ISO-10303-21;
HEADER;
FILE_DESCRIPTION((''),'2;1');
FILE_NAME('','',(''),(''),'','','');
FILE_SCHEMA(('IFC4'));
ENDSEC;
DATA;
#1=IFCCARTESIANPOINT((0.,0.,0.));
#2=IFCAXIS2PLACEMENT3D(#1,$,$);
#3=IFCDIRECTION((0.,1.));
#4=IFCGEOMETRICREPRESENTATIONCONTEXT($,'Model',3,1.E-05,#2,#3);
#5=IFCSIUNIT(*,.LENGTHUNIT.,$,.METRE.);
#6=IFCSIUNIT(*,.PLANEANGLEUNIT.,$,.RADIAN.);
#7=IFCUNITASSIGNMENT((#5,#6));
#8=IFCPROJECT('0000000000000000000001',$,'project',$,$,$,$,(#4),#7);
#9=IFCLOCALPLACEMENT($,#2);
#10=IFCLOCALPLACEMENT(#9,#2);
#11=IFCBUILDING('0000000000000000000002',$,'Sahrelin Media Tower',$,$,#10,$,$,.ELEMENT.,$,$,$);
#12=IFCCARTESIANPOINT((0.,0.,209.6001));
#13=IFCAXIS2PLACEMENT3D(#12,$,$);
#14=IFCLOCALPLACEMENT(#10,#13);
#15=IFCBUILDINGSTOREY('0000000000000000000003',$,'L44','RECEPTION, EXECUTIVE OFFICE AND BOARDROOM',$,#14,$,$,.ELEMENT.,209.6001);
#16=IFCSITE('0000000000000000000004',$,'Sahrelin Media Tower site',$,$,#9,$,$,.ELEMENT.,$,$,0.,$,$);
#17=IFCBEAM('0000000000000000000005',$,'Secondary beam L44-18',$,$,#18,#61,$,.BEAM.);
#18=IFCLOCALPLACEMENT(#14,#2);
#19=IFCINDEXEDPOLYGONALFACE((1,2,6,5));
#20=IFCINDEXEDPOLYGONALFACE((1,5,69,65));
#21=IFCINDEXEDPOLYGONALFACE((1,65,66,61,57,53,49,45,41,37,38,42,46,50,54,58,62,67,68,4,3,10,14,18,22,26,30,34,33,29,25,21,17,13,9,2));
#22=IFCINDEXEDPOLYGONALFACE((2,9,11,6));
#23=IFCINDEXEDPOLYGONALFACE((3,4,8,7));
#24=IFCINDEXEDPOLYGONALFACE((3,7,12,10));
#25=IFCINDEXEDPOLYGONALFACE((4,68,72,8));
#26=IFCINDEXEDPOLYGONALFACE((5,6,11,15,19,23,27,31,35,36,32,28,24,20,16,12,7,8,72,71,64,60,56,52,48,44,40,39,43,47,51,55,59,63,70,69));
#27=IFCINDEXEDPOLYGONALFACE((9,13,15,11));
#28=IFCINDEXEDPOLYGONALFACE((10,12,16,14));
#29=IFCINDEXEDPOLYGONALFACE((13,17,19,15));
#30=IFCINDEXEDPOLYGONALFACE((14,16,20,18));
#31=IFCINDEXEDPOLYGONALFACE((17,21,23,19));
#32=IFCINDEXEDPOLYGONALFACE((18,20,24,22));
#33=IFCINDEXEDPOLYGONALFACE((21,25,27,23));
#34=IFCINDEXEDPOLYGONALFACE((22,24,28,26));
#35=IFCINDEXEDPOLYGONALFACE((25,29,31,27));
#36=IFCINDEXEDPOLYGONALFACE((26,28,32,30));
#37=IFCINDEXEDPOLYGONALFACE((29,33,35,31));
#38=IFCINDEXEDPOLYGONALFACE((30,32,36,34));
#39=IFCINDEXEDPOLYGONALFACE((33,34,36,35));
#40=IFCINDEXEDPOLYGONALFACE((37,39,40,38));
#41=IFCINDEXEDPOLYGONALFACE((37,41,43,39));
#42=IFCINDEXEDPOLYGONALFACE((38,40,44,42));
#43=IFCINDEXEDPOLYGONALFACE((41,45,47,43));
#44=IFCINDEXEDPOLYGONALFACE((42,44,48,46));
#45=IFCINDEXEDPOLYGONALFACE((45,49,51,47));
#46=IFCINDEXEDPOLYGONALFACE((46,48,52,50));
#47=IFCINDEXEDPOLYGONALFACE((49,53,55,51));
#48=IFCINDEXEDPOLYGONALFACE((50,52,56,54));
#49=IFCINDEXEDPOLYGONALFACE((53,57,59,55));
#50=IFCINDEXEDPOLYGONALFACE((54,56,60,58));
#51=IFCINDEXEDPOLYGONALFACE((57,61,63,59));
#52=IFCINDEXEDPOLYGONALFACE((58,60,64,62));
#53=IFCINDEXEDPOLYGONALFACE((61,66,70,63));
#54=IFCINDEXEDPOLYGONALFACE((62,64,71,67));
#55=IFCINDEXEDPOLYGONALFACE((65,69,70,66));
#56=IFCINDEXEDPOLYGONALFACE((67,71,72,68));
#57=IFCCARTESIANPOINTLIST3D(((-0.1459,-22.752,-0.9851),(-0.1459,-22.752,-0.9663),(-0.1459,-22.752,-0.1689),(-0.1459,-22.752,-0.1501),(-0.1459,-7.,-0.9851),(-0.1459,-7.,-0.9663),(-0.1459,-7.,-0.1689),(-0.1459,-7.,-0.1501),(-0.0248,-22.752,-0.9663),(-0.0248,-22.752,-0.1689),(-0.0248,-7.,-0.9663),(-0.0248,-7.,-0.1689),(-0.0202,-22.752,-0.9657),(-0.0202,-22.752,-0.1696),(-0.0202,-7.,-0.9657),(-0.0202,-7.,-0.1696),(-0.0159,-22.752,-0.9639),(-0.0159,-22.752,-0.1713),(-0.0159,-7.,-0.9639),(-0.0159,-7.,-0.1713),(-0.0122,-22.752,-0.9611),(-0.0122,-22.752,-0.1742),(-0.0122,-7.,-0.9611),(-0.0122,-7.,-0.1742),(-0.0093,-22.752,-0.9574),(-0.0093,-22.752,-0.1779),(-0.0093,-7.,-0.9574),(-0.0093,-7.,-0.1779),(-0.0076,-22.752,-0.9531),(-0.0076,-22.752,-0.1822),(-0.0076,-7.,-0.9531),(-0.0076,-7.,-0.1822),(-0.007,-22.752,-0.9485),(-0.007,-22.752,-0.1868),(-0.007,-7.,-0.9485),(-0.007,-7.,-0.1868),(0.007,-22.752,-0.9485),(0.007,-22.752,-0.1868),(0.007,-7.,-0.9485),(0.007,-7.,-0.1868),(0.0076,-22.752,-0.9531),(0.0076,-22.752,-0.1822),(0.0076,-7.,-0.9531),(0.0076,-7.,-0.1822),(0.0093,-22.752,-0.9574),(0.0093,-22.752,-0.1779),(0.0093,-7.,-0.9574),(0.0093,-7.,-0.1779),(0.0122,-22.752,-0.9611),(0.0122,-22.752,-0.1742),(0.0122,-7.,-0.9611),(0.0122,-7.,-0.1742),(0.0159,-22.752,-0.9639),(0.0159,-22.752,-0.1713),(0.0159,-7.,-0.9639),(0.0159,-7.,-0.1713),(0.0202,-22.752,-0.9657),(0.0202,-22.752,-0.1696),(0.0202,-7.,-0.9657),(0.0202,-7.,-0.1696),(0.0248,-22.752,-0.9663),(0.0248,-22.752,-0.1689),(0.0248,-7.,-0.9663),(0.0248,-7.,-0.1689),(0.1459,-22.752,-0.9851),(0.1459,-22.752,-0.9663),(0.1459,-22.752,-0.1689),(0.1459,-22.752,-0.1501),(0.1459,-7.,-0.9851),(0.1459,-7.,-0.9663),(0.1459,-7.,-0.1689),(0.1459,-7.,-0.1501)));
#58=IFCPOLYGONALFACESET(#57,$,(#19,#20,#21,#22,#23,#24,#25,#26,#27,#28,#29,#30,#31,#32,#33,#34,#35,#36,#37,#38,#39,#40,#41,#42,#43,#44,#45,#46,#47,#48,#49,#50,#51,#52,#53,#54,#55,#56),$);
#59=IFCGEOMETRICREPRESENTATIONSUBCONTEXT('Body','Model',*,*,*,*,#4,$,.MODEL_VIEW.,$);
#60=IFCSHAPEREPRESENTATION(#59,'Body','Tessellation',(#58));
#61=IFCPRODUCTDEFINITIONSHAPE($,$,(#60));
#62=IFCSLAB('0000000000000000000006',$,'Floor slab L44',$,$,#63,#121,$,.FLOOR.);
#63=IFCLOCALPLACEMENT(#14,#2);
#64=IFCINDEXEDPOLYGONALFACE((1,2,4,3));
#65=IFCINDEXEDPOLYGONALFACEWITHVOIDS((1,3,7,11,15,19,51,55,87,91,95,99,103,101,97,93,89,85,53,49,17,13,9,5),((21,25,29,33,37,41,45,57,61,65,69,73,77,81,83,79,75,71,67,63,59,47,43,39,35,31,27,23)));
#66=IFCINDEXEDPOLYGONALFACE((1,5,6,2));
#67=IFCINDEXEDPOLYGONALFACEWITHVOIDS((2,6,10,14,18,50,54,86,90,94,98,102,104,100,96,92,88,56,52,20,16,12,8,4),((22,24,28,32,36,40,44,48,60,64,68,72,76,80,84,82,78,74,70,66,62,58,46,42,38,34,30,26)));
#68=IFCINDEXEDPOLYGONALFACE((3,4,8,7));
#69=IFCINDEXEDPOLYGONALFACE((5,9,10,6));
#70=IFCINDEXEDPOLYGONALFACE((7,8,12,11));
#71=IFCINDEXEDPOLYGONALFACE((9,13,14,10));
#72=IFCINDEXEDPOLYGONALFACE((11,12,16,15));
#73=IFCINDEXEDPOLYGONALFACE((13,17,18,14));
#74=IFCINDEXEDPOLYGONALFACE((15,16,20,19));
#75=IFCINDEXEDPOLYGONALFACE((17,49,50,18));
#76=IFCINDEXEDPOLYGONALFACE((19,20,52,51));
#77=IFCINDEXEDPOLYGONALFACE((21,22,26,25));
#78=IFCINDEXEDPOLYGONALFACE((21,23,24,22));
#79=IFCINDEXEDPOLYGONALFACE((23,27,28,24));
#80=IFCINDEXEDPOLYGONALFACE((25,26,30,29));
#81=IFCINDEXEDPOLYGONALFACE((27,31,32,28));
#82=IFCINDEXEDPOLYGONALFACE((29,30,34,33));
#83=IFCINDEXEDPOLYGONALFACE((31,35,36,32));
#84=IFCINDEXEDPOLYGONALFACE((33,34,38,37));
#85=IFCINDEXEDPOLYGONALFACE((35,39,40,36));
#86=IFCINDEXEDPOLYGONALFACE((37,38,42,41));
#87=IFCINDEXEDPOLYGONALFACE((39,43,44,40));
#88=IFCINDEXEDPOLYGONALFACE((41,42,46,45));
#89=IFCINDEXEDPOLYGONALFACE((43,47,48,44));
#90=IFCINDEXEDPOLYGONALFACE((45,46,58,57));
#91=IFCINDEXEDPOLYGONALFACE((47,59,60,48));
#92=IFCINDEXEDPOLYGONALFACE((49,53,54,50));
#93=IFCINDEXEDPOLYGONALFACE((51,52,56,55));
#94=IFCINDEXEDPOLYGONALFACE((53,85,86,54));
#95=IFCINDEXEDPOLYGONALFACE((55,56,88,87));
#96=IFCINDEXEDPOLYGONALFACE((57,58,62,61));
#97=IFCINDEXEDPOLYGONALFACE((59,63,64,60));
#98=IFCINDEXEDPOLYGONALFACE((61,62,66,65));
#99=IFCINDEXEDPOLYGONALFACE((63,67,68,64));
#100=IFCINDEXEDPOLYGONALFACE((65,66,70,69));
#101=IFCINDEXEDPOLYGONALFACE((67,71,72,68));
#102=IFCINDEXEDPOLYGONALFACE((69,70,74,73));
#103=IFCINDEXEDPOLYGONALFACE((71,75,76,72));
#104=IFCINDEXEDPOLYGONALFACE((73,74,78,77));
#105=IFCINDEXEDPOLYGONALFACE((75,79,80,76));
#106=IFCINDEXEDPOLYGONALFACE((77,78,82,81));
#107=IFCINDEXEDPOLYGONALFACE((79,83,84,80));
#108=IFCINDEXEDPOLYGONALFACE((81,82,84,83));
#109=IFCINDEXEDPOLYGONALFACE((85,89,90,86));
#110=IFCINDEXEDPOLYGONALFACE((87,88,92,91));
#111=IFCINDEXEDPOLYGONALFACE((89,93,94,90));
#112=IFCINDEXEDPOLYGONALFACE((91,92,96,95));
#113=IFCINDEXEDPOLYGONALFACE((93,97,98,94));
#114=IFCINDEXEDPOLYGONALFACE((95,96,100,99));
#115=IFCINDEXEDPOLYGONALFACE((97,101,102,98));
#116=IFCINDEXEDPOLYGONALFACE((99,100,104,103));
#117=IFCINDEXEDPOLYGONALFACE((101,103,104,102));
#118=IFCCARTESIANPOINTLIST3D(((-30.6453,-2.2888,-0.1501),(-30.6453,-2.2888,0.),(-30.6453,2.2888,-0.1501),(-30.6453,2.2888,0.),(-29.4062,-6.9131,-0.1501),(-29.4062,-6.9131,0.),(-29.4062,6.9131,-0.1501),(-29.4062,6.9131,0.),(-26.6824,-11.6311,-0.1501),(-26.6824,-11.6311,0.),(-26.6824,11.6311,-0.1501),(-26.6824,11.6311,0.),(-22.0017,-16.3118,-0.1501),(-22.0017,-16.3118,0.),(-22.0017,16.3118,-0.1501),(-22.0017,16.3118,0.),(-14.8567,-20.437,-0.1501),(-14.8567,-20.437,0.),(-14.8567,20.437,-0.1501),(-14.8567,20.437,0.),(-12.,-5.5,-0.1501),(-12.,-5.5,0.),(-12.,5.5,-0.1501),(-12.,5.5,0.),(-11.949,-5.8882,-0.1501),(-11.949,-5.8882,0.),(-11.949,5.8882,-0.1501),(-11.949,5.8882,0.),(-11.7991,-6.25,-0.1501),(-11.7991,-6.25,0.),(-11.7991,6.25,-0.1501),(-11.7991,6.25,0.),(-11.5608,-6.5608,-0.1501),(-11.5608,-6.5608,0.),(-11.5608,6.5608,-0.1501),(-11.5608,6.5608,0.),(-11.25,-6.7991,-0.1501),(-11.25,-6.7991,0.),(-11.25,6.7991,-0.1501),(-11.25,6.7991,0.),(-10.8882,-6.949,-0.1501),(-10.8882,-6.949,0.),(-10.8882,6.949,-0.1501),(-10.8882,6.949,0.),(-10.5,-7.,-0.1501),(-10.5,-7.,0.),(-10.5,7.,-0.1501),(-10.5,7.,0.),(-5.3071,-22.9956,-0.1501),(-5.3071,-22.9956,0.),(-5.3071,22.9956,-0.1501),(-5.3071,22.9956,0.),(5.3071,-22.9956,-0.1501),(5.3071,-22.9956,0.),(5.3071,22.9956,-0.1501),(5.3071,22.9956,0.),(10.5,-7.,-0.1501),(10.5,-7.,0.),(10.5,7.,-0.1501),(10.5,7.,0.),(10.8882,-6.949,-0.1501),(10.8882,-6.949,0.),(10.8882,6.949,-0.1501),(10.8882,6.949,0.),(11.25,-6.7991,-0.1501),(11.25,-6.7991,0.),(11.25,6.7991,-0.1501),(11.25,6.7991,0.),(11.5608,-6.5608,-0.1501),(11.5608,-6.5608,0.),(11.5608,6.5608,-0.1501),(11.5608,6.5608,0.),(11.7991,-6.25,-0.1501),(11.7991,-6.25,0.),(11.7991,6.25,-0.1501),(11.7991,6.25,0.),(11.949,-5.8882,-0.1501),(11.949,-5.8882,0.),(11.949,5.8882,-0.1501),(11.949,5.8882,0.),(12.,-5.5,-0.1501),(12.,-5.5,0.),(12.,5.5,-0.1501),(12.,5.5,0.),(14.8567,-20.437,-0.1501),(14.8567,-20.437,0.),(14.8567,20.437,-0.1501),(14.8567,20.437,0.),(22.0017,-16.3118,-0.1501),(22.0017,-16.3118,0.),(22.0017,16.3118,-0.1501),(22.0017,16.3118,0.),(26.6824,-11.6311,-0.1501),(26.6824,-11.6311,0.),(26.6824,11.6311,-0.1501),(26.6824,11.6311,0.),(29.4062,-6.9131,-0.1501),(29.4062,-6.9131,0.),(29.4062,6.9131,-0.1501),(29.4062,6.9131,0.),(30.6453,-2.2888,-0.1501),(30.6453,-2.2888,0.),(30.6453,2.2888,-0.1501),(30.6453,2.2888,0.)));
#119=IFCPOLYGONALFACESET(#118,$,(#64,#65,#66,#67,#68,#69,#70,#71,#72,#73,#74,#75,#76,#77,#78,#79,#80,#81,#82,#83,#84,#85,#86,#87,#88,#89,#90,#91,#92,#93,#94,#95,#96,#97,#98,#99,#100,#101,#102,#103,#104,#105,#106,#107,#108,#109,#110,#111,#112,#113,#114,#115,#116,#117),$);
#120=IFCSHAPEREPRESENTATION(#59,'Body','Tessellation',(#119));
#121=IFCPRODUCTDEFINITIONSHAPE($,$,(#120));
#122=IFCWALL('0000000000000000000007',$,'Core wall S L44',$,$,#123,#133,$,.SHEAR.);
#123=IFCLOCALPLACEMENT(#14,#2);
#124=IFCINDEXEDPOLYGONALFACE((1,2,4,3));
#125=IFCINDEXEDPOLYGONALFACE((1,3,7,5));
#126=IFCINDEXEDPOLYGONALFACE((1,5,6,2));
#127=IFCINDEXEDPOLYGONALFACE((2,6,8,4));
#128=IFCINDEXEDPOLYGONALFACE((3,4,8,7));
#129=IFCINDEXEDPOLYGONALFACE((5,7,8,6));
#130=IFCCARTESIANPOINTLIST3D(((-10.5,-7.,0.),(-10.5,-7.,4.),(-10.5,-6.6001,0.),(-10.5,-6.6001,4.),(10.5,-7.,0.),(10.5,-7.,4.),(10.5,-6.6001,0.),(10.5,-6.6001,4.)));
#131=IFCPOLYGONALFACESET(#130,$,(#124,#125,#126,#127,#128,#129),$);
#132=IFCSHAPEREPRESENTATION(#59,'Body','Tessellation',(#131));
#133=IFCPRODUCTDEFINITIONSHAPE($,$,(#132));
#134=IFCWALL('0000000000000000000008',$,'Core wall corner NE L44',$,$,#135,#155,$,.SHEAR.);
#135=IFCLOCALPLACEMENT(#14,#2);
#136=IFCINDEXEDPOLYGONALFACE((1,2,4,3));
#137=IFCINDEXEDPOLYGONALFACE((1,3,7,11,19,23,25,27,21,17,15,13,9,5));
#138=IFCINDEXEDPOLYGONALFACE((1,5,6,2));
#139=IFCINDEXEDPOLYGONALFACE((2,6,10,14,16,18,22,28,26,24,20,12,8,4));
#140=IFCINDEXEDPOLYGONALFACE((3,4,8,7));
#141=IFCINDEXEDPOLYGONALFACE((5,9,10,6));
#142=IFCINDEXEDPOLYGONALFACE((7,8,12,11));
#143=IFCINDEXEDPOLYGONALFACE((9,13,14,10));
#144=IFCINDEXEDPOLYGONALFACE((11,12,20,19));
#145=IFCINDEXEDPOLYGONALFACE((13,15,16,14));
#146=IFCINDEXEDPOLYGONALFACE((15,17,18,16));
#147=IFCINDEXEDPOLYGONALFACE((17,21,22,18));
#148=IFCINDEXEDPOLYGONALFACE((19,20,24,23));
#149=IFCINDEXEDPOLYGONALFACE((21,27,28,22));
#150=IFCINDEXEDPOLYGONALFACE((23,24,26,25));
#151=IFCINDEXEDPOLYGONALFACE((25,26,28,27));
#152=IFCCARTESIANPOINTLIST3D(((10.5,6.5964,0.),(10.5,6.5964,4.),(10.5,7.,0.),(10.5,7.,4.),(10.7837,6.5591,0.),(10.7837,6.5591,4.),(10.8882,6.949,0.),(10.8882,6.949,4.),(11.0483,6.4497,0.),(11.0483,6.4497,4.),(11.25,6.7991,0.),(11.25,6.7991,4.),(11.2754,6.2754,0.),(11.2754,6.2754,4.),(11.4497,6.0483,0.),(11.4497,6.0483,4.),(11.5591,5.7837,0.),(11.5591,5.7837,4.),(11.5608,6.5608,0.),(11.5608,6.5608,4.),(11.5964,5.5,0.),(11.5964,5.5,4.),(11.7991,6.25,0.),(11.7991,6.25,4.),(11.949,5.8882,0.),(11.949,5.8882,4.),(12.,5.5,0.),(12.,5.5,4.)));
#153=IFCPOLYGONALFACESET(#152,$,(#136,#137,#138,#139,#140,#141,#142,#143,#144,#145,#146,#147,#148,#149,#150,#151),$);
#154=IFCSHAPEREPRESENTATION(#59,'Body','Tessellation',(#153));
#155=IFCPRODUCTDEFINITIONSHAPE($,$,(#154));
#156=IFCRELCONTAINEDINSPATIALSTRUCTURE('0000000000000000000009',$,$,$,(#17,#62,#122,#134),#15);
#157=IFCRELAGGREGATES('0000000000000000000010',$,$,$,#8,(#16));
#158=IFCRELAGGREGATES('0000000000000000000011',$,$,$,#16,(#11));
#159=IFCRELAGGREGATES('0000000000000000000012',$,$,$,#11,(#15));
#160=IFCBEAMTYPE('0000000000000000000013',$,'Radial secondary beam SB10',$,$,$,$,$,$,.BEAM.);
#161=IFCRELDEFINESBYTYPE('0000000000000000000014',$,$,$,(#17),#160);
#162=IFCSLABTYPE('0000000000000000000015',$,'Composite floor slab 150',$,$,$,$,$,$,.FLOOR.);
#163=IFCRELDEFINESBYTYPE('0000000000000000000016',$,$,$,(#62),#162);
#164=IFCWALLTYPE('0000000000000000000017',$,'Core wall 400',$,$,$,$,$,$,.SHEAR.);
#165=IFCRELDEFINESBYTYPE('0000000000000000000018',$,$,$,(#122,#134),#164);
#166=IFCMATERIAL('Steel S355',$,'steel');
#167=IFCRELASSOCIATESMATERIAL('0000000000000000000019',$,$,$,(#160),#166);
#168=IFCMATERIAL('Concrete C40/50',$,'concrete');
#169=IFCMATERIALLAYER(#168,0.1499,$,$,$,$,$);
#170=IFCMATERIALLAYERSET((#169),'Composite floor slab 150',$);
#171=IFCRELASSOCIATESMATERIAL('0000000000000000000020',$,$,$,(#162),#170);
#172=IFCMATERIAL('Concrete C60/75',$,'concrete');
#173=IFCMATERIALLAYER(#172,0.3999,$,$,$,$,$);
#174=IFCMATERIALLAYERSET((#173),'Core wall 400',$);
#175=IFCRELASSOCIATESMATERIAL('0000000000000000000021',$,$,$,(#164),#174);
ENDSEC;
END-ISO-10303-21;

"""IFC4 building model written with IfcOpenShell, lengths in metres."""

from ifc_helpers import new_model, si_unit, direction, frame, frame_2d, origin, origin_2d, place, context, subcontext, project, spatial, polyline, rectangle, i_section, outline, extrude, material, layer, layer_set, material_profile, profile_set, type_object, element, save


model = new_model("IFC4")

# Units and contexts
model_context = context("Model", 3, precision=1e-05, world=origin(), true_north=direction((0.0, 1.0)))
body_context = subcontext(model_context, "Body", "Model", "MODEL_VIEW")
ifc_project = project(units=[si_unit("LENGTHUNIT", "METRE"), si_unit("PLANEANGLEUNIT", "RADIAN")], contexts=[model_context])

# Site, building, storey
site_placement = place(None, origin())
site = spatial("IfcSite", under=ifc_project, at=site_placement, Name="Sahrelin Media Tower site", CompositionType="ELEMENT", RefElevation=0.0)
building_placement = place(site_placement, origin())
building = spatial("IfcBuilding", under=site, at=building_placement, Name="Sahrelin Media Tower", CompositionType="ELEMENT")
storey_placement = place(building_placement, frame((0.0, 0.0, 209.6001)))
storey = spatial("IfcBuildingStorey", under=building, at=storey_placement, Name="L44", Description="RECEPTION, EXECUTIVE OFFICE AND BOARDROOM", CompositionType="ELEMENT", Elevation=209.6001)

# Beam
ifc_material_1 = material(Name="Steel S355", Category="steel")
ifc_material_profile = material_profile(ifc_material_1, i_section(OverallWidth=0.2917, OverallDepth=0.835, WebThickness=0.0139, FlangeThickness=0.0188, FilletRadius=0.0178, at=origin_2d()), Name="UB 838x292x176")
ifc_profile_set = profile_set([ifc_material_profile], Name="Steel S355")
beam_type = type_object("IfcBeamType", Name="Radial secondary beam SB10", PredefinedType="BEAM", material=ifc_profile_set)
beam_placement = place(storey_placement, frame((0.0, -7.0, -0.5676), z_axis=(0.0, -1.0, 0.0), x_axis=(1.0, 0.0, 0.0)))
element("IfcBeam", 1, at=beam_placement, inside=storey, type_object=beam_type, Name="Secondary beam L44-18", PredefinedType="BEAM", context=body_context, shape_type="SweptSolid", body=[
    extrude(i_section(OverallWidth=0.2917, OverallDepth=0.835, WebThickness=0.0139, FlangeThickness=0.0188, FilletRadius=0.0178, at=origin_2d()), origin(), (0.0, 0.0, 1.0), 15.752),
])

# Slab
ifc_material_2 = material(Name="Concrete C40/50", Category="concrete")
ifc_layer_1 = layer(ifc_material_2, 0.1499)
ifc_layer_set_1 = layer_set([ifc_layer_1], Name="Composite floor slab 150")
slab_type = type_object("IfcSlabType", Name="Composite floor slab 150", PredefinedType="FLOOR", material=ifc_layer_set_1)
slab_placement = place(storey_placement, frame((0.0, 0.0, -0.1501)))
element("IfcSlab", 2, at=slab_placement, inside=storey, type_object=slab_type, Name="Floor slab L44", PredefinedType="FLOOR", context=body_context, shape_type="SweptSolid", body=[
    extrude(outline(polyline([(30.6453, -2.2888), (30.6453, 2.2888), (29.4062, 6.9131), (26.6824, 11.6311), (22.0017, 16.3118), (14.8567, 20.437), (5.3071, 22.9956), (-5.3071, 22.9956), (-14.8567, 20.437), (-22.0017, 16.3118), (-26.6824, 11.6311), (-29.4062, 6.9131), (-30.6453, 2.2888), (-30.6453, -2.2888), (-29.4062, -6.9131), (-26.6824, -11.6311), (-22.0017, -16.3118), (-14.8567, -20.437), (-5.3071, -22.9956), (5.3071, -22.9956), (14.8567, -20.437), (22.0017, -16.3118), (26.6824, -11.6311), (29.4062, -6.9131), (30.6453, -2.2888)]), holes=[polyline([(11.949, 5.8882), (12.0, 5.5), (12.0, -5.5), (11.949, -5.8882), (11.7991, -6.25), (11.5608, -6.5608), (11.25, -6.7991), (10.8882, -6.949), (10.5, -7.0), (-10.5, -7.0), (-10.8882, -6.949), (-11.25, -6.7991), (-11.5608, -6.5608), (-11.7991, -6.25), (-11.949, -5.8882), (-12.0, -5.5), (-12.0, 5.5), (-11.949, 5.8882), (-11.7991, 6.25), (-11.5608, 6.5608), (-11.25, 6.7991), (-10.8882, 6.949), (-10.5, 7.0), (10.5, 7.0), (10.8882, 6.949), (11.25, 6.7991), (11.5608, 6.5608), (11.7991, 6.25), (11.949, 5.8882)])]), origin(), (0.0, 0.0, 1.0), 0.1501),
])

# Walls
ifc_material_3 = material(Name="Concrete C60/75", Category="concrete")
ifc_layer_2 = layer(ifc_material_3, 0.3999)
ifc_layer_set_2 = layer_set([ifc_layer_2], Name="Core wall 400")
wall_type_1 = type_object("IfcWallType", Name="Core wall 400", PredefinedType="SHEAR", material=ifc_layer_set_2)
wall_1_placement = place(storey_placement, frame((-10.5, -6.8, 0.0), z_axis=(0.0, 0.0, 1.0), x_axis=(1.0, 0.0, 0.0)))
element("IfcWall", 3, at=wall_1_placement, inside=storey, type_object=wall_type_1, Name="Core wall S L44", PredefinedType="SHEAR", context=body_context, shape_type="SweptSolid", body=[
    extrude(rectangle(XDim=21.0, YDim=0.3999, at=frame_2d((10.5, 0.0))), origin(), (0.0, 0.0, 1.0), 4.0),
])
wall_2_placement = place(storey_placement, origin())
element("IfcWall", 4, at=wall_2_placement, inside=storey, type_object=wall_type_1, Name="Core wall corner NE L44", PredefinedType="SHEAR", context=body_context, shape_type="SweptSolid", body=[
    extrude(outline(polyline([(10.5, 7.0), (10.5, 6.5964), (10.7837, 6.5591), (11.0483, 6.4497), (11.2754, 6.2754), (11.4497, 6.0483), (11.5591, 5.7837), (11.5964, 5.5), (12.0, 5.5), (11.949, 5.8882), (11.7991, 6.25), (11.5608, 6.5608), (11.25, 6.7991), (10.8882, 6.949), (10.5, 7.0)])), origin(), (0.0, 0.0, 1.0), 4.0),
])

save(model, "model.ifc")
